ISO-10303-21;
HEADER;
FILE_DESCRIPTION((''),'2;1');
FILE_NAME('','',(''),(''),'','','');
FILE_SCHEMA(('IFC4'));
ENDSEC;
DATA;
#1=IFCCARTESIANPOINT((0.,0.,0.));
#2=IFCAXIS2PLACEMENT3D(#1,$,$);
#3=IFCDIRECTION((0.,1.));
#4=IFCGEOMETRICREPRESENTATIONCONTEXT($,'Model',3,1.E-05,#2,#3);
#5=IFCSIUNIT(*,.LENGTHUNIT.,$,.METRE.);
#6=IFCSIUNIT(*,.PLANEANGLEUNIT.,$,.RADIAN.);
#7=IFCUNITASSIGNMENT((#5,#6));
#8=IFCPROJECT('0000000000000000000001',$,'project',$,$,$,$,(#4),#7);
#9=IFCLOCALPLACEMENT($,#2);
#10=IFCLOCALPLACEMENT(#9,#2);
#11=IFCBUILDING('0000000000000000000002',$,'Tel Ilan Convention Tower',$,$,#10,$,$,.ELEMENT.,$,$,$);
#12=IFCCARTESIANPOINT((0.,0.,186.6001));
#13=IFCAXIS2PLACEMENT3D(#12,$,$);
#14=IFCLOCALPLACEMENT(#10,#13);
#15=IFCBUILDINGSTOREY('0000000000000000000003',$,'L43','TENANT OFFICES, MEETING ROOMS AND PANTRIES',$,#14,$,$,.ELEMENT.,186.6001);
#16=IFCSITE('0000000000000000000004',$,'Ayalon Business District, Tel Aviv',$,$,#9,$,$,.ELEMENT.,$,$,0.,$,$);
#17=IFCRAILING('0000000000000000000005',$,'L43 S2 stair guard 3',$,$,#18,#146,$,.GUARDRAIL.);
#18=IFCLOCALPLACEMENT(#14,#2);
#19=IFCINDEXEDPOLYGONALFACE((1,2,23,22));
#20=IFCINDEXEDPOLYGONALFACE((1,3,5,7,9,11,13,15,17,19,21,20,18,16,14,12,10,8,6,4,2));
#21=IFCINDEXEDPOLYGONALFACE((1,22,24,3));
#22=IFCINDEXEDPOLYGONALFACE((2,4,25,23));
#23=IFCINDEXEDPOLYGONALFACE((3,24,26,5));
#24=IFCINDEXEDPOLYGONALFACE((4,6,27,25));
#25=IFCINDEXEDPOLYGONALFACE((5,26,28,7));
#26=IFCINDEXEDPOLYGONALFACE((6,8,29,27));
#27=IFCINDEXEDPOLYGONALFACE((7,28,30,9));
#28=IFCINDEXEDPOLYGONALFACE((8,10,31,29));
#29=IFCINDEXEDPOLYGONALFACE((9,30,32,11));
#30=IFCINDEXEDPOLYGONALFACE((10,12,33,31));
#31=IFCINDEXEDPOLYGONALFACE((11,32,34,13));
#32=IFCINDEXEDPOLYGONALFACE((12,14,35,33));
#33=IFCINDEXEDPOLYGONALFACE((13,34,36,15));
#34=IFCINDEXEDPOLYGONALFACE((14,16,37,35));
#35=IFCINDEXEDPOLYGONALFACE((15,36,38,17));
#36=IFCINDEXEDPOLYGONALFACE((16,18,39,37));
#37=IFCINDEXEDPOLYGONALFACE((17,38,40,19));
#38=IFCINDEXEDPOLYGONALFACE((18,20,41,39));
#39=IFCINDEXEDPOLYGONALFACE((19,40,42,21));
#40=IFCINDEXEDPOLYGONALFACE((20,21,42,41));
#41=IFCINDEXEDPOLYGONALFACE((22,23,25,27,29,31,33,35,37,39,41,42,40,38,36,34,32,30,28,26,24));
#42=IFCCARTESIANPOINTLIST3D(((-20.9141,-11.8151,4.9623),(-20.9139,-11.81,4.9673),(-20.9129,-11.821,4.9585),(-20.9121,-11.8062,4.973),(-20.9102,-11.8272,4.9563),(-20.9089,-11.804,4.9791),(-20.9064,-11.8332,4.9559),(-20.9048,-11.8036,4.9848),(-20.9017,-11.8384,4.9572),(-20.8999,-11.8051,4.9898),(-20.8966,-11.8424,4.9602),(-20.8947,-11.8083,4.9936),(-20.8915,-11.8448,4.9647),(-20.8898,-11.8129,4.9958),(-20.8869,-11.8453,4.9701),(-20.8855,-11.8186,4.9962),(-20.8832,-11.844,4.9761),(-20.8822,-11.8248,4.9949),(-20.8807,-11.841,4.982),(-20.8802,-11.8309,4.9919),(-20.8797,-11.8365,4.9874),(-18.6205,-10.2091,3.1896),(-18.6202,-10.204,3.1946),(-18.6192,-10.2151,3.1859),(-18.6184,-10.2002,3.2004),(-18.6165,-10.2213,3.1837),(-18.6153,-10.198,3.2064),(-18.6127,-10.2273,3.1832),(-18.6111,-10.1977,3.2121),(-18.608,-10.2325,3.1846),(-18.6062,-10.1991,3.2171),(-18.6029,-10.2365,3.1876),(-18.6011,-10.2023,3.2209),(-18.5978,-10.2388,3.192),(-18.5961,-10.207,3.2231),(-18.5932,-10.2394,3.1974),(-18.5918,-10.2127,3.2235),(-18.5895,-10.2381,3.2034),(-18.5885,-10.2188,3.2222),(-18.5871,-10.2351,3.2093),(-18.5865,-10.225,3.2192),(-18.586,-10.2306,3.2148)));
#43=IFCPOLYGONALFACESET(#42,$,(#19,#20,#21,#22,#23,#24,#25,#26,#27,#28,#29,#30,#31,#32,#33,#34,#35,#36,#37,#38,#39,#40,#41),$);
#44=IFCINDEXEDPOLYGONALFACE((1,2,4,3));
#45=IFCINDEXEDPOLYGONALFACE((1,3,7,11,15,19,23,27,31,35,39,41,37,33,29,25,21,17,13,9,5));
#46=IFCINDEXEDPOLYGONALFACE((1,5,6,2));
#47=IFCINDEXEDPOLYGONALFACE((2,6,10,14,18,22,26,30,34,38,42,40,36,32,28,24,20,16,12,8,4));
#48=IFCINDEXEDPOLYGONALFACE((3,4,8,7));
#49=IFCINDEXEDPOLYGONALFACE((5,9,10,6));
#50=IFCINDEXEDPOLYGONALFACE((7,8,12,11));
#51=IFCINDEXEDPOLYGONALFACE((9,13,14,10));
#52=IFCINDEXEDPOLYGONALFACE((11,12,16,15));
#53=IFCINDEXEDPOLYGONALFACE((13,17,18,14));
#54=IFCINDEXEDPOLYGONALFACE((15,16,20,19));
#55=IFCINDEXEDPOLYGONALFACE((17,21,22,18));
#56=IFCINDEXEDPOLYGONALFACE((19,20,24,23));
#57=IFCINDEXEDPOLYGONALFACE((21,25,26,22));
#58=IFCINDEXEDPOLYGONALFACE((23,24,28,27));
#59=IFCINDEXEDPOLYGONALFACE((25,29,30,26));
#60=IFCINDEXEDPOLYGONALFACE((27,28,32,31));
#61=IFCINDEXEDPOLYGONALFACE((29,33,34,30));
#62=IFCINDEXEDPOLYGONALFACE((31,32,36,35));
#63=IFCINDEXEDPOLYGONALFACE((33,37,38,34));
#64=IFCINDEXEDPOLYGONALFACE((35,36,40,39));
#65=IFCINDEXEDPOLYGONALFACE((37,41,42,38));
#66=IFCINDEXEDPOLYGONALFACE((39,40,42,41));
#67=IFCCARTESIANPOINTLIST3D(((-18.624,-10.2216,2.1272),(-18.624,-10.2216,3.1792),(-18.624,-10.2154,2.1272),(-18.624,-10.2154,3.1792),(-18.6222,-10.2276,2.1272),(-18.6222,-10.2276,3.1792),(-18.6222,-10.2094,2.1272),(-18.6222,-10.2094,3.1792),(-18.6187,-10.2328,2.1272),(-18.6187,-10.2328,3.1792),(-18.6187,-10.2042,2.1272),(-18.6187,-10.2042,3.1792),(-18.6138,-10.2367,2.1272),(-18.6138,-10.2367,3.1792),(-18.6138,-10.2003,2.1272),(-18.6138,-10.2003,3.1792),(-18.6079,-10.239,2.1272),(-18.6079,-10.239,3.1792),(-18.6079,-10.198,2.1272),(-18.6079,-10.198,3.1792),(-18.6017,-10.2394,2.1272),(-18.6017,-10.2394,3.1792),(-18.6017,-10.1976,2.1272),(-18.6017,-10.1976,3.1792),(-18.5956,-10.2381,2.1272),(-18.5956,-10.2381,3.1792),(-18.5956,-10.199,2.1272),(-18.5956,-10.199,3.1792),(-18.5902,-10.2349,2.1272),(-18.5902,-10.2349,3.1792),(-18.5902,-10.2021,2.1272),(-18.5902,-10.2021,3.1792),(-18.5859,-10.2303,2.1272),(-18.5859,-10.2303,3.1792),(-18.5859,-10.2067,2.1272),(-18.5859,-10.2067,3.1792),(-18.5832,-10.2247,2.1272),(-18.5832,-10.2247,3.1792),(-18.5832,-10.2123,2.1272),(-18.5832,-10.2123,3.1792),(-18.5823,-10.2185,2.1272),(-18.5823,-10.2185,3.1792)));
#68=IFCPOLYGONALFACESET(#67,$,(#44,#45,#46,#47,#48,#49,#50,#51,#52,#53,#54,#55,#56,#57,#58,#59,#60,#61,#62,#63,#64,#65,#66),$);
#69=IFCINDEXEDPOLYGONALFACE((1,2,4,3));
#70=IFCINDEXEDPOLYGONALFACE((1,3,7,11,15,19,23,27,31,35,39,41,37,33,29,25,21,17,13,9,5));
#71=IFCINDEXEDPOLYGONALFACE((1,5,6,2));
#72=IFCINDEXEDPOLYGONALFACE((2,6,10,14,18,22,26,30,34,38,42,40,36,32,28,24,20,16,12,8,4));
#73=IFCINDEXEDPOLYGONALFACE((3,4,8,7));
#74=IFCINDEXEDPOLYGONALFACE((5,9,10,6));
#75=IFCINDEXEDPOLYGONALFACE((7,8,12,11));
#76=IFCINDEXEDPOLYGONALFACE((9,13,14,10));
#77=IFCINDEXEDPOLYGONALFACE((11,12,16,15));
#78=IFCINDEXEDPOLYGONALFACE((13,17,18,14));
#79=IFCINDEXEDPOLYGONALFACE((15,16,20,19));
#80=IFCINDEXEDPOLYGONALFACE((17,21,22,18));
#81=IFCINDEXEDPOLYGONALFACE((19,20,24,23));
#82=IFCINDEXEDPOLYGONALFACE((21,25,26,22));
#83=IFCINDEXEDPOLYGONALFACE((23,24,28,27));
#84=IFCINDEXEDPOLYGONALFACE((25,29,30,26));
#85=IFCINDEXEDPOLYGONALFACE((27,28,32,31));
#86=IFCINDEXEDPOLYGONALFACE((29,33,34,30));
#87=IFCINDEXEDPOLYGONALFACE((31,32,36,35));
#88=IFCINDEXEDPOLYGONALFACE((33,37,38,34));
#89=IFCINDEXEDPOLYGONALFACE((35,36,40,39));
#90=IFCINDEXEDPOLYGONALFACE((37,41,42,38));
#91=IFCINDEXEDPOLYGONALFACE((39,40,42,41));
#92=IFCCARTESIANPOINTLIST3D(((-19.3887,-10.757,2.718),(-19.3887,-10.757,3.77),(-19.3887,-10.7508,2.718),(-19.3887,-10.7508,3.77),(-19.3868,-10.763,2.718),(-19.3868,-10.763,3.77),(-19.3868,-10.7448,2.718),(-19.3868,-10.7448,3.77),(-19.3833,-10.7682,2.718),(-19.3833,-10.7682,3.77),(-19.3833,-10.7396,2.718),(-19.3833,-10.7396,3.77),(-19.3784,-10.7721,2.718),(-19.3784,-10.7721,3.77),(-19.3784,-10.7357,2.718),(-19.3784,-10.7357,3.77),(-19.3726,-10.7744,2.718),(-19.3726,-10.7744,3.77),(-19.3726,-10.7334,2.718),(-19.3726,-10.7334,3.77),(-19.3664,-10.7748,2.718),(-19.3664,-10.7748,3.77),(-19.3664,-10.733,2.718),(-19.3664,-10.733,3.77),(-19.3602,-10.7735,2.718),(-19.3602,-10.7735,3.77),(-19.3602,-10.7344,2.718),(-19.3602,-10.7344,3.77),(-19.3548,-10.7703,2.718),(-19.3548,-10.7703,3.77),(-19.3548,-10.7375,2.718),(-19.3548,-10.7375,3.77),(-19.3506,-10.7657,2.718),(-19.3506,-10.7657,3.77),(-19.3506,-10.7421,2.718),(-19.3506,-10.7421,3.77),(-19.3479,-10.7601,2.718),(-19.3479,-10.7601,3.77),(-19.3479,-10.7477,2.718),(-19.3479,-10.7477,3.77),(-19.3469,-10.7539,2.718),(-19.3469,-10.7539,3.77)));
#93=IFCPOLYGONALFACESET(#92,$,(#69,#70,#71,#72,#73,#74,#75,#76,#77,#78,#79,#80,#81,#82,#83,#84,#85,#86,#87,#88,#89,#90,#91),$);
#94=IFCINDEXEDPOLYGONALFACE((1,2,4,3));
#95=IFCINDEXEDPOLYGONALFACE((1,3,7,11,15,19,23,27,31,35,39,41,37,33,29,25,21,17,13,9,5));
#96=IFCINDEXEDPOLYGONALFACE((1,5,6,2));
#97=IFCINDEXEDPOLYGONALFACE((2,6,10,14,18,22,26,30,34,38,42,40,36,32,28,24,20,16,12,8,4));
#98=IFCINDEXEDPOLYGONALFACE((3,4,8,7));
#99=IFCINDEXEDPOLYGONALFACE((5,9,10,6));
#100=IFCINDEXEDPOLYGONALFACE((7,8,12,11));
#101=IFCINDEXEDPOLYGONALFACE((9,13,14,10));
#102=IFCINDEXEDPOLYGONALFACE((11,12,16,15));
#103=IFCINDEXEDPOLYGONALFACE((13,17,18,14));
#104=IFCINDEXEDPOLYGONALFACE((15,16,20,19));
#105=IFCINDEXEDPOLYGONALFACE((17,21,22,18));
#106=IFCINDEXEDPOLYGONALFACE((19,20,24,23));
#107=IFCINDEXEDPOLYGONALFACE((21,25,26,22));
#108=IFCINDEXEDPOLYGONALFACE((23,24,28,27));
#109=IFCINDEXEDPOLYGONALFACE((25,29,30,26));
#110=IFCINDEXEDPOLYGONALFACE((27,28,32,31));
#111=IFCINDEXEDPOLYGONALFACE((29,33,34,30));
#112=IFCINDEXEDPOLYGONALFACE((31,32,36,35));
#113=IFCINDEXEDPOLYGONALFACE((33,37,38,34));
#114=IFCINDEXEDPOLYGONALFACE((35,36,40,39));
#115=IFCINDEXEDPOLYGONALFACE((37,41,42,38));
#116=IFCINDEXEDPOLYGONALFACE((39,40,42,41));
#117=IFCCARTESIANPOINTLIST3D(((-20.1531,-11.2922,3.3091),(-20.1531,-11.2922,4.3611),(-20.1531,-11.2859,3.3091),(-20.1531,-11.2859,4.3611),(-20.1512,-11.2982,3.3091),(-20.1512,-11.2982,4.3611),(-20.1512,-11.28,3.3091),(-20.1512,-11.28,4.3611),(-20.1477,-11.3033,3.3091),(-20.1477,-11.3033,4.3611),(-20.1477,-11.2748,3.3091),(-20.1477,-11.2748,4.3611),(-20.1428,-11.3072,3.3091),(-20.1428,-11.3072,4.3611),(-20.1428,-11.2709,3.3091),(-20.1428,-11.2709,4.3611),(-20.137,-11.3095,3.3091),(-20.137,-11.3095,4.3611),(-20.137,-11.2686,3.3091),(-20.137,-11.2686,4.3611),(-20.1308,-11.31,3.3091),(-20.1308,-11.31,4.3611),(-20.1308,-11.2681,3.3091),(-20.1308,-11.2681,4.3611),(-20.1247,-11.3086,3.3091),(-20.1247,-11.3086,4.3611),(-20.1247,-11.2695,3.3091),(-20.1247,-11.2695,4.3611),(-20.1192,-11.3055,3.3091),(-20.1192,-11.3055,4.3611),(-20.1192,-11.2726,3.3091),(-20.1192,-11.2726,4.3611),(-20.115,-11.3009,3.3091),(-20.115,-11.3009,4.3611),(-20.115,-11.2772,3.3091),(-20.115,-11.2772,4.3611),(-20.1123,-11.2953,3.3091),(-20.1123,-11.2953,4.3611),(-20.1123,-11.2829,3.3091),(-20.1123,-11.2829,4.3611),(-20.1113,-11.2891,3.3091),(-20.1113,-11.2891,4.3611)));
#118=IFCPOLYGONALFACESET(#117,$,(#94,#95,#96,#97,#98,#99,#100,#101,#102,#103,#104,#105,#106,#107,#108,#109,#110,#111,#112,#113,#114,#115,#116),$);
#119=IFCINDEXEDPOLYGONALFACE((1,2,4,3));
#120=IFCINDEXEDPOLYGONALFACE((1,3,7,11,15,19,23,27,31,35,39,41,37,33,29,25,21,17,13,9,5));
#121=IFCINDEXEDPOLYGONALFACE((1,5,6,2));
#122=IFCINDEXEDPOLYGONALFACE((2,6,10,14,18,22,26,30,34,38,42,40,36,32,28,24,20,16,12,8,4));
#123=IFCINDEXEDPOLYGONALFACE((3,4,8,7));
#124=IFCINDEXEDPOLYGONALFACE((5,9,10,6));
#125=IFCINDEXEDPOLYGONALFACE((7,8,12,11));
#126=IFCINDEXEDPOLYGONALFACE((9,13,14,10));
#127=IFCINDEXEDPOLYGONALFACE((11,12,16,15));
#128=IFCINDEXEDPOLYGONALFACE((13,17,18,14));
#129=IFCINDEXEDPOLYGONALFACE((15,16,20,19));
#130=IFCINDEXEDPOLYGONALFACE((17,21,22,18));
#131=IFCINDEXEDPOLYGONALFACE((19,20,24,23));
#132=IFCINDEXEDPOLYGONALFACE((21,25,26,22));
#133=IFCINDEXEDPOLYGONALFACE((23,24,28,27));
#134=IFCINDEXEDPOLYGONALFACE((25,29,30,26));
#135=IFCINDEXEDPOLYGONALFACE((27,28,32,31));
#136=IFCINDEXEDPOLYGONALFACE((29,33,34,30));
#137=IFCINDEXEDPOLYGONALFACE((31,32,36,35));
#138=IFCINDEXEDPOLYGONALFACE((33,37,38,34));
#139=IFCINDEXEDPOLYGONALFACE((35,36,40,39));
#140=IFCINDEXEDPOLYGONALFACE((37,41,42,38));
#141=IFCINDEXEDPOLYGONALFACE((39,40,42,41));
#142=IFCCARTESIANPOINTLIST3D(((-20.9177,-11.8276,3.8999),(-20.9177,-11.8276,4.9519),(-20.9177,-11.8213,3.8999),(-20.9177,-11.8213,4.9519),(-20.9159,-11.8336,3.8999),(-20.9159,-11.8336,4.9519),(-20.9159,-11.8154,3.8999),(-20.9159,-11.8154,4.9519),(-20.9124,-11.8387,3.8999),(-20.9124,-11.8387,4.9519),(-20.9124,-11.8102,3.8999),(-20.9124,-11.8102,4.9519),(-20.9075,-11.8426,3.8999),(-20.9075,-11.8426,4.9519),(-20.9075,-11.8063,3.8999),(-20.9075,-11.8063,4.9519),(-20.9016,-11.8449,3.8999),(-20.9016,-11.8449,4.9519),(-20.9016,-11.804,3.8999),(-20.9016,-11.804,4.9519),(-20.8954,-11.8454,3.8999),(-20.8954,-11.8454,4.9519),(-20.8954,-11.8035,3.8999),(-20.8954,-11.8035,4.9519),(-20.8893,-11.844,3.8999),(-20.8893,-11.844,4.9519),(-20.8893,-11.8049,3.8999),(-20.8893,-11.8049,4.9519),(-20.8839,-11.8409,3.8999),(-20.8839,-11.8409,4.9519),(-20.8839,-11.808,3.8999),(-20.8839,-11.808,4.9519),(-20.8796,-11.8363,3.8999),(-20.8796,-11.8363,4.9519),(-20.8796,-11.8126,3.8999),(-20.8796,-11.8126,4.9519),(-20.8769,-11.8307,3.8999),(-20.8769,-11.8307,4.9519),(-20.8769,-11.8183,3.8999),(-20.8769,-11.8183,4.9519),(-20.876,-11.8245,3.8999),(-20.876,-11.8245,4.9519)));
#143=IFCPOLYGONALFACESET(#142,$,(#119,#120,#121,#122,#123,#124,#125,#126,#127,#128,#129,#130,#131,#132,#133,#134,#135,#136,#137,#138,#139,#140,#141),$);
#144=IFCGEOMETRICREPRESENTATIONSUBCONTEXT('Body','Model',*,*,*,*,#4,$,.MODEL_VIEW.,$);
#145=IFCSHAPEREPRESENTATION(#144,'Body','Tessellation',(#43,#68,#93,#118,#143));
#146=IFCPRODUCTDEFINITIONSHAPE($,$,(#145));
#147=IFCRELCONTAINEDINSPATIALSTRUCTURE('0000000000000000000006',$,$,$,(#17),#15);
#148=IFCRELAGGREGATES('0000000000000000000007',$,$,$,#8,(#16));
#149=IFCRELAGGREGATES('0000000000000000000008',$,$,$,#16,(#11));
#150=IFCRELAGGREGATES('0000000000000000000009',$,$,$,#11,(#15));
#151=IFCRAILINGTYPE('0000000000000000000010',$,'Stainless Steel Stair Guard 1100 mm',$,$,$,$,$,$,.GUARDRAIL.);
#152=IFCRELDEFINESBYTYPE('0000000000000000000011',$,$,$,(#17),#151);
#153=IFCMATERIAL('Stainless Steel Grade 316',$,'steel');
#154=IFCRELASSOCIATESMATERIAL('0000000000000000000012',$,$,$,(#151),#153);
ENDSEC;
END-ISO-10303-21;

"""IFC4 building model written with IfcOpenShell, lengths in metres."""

from ifc_helpers import new_model, si_unit, direction, frame, origin, origin_2d, place, context, subcontext, project, spatial, circle, extrude, material, type_object, element, save


model = new_model("IFC4")

# Units and contexts
model_context = context("Model", 3, precision=1e-05, world=origin(), true_north=direction((0.0, 1.0)))
body_context = subcontext(model_context, "Body", "Model", "MODEL_VIEW")
ifc_project = project(units=[si_unit("LENGTHUNIT", "METRE"), si_unit("PLANEANGLEUNIT", "RADIAN")], contexts=[model_context])

# Site, building, storey
site_placement = place(None, origin())
site = spatial("IfcSite", under=ifc_project, at=site_placement, Name="Ayalon Business District, Tel Aviv", CompositionType="ELEMENT", RefElevation=0.0)
building_placement = place(site_placement, origin())
building = spatial("IfcBuilding", under=site, at=building_placement, Name="Tel Ilan Convention Tower", CompositionType="ELEMENT")
storey_placement = place(building_placement, frame((0.0, 0.0, 186.6001)))
storey = spatial("IfcBuildingStorey", under=building, at=storey_placement, Name="L43", Description="TENANT OFFICES, MEETING ROOMS AND PANTRIES", CompositionType="ELEMENT", Elevation=186.6001)

# Railing
ifc_material_1 = material(Name="Stainless Steel Grade 316", Category="steel")
railing_type_1 = type_object("IfcRailingType", Name="Stainless Steel Stair Guard 1100 mm", PredefinedType="GUARDRAIL", material=ifc_material_1)
railing_1_placement = place(storey_placement, frame((-18.6033, -10.2185, 2.1272)))
element("IfcRailing", 1, at=railing_1_placement, inside=storey, type_object=railing_type_1, Name="L43 S2 stair guard 3", PredefinedType="GUARDRAIL", context=body_context, shape_type="SweptSolid", body=[
    extrude(circle(Radius=0.0239, at=origin_2d()), frame((0.0, 0.0, 1.0762), z_axis=(-0.692123, -0.484597, 0.534913), x_axis=(0.57355, -0.81917, 0.0)), (0.0, 0.0, 1.0), 3.314),
    extrude(circle(Radius=0.021, at=origin_2d()), origin(), (0.0, 0.0, 1.0), 1.052),
    extrude(circle(Radius=0.021, at=origin_2d()), frame((-0.7646, -0.5354, 0.5908)), (0.0, 0.0, 1.0), 1.052),
    extrude(circle(Radius=0.021, at=origin_2d()), frame((-1.5291, -1.0706, 1.1819)), (0.0, 0.0, 1.0), 1.052),
    extrude(circle(Radius=0.021, at=origin_2d()), frame((-2.2937, -1.606, 1.7727)), (0.0, 0.0, 1.0), 1.052),
])

save(model, "model.ifc")
